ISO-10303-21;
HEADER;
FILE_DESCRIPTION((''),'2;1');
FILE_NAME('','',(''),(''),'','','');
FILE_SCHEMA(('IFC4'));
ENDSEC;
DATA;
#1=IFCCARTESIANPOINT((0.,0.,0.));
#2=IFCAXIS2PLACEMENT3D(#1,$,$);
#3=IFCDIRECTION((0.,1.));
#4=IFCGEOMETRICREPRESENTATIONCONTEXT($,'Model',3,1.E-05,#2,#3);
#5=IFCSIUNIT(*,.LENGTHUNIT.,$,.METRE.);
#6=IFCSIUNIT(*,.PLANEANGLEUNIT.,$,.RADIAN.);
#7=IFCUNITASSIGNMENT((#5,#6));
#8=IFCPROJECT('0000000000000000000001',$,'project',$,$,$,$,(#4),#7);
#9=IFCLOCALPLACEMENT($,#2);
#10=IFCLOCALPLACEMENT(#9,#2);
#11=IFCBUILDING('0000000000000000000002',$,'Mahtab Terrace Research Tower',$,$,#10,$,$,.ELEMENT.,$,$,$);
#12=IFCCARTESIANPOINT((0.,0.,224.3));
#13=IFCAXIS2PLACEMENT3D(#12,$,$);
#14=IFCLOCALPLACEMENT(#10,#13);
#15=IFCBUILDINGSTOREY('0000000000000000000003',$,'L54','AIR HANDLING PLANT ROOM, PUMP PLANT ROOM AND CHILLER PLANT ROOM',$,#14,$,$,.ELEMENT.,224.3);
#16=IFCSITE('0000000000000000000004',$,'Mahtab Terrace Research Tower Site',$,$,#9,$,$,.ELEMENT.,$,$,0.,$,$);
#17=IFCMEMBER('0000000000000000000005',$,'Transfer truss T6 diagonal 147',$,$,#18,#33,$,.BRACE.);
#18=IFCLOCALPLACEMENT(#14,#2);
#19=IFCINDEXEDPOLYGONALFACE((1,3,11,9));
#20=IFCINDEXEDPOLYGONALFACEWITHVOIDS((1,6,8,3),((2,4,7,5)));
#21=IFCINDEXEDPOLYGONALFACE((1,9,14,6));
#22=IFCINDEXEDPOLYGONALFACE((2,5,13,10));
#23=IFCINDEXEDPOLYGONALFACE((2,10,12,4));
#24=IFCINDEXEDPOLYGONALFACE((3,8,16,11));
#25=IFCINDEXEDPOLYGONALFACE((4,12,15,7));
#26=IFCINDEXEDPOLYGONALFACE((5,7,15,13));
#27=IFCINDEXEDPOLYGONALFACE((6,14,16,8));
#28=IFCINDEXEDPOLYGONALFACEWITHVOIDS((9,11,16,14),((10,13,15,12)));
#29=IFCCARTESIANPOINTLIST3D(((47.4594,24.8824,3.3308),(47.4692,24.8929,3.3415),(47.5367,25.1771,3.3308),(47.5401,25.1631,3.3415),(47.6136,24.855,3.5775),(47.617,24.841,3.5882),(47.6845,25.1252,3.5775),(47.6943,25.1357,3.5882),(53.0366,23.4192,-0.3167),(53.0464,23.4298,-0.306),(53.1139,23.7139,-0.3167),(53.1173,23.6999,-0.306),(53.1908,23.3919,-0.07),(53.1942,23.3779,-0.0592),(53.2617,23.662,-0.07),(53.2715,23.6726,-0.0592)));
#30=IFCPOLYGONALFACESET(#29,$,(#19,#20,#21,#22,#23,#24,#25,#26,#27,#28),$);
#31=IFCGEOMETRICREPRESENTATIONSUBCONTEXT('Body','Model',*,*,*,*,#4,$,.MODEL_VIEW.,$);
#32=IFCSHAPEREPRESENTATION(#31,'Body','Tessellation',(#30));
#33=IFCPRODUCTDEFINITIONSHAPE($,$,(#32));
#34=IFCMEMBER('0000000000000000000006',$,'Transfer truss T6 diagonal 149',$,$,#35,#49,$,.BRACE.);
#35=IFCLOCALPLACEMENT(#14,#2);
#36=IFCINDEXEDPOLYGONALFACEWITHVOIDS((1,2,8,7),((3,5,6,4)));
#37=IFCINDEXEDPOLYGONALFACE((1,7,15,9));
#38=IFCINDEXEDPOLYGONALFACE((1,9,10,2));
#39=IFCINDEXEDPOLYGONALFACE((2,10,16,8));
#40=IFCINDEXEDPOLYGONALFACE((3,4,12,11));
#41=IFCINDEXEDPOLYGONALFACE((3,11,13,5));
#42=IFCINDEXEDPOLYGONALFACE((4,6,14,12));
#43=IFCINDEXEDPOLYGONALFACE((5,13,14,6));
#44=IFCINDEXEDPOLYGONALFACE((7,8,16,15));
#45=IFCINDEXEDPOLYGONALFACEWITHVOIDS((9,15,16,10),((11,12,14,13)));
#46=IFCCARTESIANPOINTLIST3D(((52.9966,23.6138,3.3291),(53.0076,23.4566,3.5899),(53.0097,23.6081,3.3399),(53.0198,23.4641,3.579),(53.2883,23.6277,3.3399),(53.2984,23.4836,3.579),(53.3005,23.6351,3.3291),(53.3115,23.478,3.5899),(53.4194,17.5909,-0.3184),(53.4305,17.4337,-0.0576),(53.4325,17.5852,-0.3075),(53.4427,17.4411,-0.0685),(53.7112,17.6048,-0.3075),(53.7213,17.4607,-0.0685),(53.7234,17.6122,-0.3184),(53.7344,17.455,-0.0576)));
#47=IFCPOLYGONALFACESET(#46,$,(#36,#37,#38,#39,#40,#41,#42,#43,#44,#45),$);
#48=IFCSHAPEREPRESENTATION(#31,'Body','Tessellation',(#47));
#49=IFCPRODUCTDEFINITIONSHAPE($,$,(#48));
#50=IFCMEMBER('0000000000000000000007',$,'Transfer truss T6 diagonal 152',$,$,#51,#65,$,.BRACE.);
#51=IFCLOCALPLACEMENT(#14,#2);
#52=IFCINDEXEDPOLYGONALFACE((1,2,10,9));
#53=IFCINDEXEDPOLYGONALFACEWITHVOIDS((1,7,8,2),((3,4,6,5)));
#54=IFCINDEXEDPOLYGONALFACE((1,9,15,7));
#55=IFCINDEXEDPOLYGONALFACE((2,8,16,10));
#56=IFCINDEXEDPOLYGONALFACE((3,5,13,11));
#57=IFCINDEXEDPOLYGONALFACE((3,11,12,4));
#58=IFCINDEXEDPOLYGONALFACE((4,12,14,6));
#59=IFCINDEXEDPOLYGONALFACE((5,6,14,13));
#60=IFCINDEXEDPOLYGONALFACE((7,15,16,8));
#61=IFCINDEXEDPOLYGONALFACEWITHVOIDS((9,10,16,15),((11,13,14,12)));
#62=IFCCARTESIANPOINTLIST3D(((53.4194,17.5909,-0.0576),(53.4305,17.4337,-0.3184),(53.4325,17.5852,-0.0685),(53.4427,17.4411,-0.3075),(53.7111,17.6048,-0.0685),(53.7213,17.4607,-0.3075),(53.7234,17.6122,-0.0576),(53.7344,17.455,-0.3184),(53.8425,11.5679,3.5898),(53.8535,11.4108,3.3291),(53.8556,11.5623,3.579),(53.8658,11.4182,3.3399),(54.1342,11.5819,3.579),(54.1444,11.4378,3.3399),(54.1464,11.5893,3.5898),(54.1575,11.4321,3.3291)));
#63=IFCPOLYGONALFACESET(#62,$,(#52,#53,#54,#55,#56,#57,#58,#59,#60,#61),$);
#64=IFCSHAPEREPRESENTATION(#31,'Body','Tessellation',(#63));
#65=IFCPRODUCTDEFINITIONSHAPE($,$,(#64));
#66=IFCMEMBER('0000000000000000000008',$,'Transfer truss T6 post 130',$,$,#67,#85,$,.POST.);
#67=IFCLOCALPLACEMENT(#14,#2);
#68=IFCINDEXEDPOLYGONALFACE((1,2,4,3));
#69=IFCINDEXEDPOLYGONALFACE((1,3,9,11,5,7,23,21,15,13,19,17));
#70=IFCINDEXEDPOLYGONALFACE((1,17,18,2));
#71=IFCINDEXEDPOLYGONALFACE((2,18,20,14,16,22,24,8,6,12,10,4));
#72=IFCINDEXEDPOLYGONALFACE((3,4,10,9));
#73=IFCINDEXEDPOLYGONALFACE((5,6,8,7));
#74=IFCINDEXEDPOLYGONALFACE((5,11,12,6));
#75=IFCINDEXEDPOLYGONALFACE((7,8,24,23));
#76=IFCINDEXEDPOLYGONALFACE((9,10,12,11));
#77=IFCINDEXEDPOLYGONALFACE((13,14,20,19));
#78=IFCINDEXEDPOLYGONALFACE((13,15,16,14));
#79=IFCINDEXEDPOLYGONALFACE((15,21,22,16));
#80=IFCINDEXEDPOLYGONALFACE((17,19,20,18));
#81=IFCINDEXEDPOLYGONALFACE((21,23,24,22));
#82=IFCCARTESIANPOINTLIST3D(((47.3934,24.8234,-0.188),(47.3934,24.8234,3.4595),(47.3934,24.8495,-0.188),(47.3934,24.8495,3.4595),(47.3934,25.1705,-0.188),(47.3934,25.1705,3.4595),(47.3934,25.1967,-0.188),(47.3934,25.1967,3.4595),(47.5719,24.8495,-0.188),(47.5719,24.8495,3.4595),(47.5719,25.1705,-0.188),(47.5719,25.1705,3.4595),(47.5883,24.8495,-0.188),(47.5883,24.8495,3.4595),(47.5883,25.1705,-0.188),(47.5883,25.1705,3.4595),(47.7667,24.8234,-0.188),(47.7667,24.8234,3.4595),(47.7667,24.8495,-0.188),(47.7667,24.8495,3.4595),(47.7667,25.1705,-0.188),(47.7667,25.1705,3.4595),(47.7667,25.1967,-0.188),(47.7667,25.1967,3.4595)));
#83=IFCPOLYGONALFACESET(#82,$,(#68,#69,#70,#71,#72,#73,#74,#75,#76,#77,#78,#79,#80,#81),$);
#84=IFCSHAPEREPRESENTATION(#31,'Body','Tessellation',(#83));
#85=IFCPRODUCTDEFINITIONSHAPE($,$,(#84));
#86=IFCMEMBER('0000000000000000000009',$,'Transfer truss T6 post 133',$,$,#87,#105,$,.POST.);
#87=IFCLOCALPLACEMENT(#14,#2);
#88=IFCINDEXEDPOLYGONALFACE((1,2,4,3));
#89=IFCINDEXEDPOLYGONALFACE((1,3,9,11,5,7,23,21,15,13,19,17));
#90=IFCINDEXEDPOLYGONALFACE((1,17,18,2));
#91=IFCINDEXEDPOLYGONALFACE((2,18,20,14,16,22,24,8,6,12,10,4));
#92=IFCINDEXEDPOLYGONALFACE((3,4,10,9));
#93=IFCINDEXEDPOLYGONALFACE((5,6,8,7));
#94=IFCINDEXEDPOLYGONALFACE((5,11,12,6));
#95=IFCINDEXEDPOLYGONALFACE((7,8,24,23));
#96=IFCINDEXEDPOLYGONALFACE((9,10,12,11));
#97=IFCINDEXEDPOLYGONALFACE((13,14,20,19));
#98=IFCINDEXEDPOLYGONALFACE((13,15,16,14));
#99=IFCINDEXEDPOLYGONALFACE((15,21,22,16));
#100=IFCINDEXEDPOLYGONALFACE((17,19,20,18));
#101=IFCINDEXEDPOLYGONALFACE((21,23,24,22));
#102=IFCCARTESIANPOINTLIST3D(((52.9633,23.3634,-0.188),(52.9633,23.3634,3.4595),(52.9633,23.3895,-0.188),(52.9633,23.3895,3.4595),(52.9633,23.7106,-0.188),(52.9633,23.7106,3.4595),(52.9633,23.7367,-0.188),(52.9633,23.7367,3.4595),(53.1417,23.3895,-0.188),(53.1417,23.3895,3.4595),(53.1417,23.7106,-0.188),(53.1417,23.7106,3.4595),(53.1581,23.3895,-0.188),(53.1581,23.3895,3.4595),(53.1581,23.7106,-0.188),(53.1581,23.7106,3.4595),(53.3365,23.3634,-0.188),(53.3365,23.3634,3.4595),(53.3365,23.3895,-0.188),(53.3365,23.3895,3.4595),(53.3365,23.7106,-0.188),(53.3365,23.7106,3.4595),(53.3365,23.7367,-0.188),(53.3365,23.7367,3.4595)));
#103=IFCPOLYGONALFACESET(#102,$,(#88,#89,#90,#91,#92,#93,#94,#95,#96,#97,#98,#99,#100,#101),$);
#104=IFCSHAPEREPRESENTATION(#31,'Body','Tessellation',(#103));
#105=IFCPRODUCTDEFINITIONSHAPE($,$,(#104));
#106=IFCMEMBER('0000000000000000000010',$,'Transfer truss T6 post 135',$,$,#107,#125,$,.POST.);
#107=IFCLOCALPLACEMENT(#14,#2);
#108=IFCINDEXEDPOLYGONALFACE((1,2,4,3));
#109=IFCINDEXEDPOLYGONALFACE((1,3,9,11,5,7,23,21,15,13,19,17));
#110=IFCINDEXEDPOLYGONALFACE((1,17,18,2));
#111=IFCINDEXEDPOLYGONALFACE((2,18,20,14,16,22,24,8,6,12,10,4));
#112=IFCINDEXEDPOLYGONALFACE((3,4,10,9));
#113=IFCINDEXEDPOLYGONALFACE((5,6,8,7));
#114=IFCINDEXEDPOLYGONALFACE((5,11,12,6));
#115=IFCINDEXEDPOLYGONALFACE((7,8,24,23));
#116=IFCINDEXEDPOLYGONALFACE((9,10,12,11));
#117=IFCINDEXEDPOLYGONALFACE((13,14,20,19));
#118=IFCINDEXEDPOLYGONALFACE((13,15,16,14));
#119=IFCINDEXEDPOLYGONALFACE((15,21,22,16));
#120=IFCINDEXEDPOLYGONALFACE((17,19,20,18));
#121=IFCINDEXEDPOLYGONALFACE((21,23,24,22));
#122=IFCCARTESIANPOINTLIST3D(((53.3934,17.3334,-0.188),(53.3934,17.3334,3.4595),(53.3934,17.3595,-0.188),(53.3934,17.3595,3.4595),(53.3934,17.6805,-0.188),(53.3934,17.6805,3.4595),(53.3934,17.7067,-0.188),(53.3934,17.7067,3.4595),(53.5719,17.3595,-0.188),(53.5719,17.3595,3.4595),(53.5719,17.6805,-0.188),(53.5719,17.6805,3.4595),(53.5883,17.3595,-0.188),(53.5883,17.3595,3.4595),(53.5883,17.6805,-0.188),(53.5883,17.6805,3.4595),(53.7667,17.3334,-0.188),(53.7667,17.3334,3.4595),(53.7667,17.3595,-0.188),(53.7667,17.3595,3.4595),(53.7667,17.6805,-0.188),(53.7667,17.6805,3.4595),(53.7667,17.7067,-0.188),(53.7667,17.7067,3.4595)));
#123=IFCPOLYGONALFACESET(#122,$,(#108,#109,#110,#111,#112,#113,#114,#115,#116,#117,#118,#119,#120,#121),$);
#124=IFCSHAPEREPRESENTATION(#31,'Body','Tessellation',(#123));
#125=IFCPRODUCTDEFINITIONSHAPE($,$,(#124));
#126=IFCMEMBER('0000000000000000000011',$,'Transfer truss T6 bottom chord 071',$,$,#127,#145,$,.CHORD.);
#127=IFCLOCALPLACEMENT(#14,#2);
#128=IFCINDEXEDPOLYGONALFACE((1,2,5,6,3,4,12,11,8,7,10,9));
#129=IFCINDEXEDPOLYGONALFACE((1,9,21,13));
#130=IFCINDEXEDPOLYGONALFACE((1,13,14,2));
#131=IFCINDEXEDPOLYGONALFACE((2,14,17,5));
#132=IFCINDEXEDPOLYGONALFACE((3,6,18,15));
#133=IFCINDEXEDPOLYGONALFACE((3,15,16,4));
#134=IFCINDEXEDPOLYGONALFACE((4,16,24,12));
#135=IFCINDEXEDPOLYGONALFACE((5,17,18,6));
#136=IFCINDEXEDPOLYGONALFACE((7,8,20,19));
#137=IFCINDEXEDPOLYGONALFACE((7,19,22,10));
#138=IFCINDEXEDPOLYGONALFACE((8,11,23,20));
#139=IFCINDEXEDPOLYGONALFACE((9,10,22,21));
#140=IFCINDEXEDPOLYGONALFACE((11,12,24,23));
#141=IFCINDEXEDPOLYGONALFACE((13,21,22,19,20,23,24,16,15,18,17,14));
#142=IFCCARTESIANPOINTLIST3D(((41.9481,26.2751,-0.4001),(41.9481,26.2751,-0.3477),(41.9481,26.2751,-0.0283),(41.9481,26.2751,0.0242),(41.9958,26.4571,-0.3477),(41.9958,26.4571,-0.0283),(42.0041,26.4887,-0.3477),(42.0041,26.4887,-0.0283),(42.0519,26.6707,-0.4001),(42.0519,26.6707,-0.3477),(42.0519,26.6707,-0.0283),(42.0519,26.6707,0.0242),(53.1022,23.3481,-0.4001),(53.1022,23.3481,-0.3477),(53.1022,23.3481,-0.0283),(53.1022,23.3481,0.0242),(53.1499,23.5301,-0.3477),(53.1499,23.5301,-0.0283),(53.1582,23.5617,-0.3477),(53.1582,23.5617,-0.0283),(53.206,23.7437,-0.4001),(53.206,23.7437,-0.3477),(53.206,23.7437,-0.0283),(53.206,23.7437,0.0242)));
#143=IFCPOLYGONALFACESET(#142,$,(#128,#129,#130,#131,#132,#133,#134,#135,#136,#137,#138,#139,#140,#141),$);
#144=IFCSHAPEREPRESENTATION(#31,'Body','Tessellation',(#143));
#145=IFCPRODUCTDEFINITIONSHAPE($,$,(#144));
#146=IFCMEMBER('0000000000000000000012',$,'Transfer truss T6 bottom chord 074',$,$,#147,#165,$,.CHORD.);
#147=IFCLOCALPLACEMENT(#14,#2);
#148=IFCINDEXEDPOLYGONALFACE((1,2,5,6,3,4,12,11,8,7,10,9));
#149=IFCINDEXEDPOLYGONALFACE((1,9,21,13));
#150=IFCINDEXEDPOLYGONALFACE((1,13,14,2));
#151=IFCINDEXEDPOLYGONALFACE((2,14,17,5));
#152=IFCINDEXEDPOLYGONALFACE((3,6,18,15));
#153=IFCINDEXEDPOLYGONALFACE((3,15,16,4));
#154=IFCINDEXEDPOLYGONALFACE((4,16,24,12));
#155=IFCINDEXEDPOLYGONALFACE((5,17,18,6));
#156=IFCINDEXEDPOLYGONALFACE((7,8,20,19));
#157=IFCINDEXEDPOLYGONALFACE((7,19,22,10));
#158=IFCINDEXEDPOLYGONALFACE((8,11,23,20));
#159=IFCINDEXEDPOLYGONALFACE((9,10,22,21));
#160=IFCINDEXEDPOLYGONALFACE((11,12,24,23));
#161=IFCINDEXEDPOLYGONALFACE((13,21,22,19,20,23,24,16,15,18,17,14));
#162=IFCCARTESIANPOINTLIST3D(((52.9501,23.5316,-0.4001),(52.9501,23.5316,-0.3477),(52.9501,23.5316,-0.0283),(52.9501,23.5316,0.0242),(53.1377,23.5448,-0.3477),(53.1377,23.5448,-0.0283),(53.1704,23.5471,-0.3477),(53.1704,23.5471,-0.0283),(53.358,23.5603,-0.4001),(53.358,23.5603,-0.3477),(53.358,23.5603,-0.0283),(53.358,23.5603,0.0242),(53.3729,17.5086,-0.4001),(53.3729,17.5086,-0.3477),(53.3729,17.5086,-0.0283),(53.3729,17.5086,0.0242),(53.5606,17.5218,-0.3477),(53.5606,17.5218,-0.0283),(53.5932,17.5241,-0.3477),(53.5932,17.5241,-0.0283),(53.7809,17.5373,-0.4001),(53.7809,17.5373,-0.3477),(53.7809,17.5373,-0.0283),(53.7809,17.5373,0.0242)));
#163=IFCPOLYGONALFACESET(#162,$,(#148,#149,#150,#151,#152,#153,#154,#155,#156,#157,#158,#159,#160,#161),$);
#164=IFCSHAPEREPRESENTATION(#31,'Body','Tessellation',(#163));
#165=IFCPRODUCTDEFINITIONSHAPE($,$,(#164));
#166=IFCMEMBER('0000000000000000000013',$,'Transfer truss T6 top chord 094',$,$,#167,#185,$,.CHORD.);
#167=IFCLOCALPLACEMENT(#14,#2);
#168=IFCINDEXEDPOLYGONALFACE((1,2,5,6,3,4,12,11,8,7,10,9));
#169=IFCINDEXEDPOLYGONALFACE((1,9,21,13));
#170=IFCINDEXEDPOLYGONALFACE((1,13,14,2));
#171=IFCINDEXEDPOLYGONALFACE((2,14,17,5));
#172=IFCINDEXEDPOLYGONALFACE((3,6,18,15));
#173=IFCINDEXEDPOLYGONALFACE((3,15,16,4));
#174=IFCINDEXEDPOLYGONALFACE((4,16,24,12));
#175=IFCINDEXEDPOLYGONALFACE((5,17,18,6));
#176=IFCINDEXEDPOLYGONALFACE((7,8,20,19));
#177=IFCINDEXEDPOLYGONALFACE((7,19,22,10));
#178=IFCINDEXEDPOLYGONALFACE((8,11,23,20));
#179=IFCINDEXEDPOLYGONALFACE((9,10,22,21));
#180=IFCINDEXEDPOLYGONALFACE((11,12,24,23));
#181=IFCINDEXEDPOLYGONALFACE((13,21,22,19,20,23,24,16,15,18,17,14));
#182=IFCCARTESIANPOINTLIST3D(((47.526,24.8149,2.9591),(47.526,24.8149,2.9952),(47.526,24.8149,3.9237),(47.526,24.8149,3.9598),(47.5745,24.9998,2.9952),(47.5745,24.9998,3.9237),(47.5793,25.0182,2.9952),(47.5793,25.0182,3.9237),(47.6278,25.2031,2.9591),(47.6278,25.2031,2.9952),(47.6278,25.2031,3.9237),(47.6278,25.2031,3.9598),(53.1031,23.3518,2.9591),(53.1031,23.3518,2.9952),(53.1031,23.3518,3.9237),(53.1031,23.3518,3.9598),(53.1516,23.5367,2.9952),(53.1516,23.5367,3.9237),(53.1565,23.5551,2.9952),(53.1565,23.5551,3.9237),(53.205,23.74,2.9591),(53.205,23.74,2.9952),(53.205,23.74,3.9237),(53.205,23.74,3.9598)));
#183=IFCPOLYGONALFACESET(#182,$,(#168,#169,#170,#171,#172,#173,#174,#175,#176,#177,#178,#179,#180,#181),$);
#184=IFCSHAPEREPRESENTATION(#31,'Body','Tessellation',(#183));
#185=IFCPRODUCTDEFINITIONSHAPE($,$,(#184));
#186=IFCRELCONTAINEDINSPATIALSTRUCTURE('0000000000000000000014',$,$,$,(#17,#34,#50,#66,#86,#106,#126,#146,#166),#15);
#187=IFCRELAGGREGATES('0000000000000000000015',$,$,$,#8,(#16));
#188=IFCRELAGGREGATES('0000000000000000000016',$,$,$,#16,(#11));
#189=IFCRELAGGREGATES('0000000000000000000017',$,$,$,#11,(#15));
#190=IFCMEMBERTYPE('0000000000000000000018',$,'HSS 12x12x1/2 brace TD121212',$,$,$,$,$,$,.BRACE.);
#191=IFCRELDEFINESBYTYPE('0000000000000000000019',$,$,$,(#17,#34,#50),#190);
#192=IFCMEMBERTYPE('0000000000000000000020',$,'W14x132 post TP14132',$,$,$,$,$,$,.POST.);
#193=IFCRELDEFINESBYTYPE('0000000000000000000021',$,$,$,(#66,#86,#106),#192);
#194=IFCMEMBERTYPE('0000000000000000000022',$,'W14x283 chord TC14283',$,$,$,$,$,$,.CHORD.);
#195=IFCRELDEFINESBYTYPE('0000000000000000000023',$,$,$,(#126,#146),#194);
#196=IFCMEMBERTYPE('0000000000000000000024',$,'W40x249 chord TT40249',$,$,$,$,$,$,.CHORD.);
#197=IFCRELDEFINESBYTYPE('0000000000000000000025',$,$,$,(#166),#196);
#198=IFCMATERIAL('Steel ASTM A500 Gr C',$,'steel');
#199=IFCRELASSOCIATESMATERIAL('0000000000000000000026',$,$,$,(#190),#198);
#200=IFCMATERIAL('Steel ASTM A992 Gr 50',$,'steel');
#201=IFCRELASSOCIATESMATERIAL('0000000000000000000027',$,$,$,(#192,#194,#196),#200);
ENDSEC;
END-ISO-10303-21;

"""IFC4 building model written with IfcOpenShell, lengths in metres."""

from ifc_helpers import new_model, si_unit, direction, frame, origin, origin_2d, place, context, subcontext, project, spatial, hollow_rectangle, i_section, extrude, material, material_profile, profile_set, type_object, element, save


model = new_model("IFC4")

# Units and contexts
model_context = context("Model", 3, precision=1e-05, world=origin(), true_north=direction((0.0, 1.0)))
body_context = subcontext(model_context, "Body", "Model", "MODEL_VIEW")
ifc_project = project(units=[si_unit("LENGTHUNIT", "METRE"), si_unit("PLANEANGLEUNIT", "RADIAN")], contexts=[model_context])

# Site, building, storey
site_placement = place(None, origin())
site = spatial("IfcSite", under=ifc_project, at=site_placement, Name="Mahtab Terrace Research Tower Site", CompositionType="ELEMENT", RefElevation=0.0)
building_placement = place(site_placement, origin())
building = spatial("IfcBuilding", under=site, at=building_placement, Name="Mahtab Terrace Research Tower", CompositionType="ELEMENT")
storey_placement = place(building_placement, frame((0.0, 0.0, 224.3)))
storey = spatial("IfcBuildingStorey", under=building, at=storey_placement, Name="L54", Description="AIR HANDLING PLANT ROOM, PUMP PLANT ROOM AND CHILLER PLANT ROOM", CompositionType="ELEMENT", Elevation=224.3)

# Members
ifc_material_1 = material(Name="Steel ASTM A500 Gr C", Category="steel")
ifc_material_profile_1 = material_profile(ifc_material_1, hollow_rectangle(XDim=0.3047, YDim=0.3047, WallThickness=0.0127, at=origin_2d()), Name="HSS12X12X1/2")
ifc_profile_set_1 = profile_set([ifc_material_profile_1], Name="Steel ASTM A500 Gr C")
member_type_1 = type_object("IfcMemberType", Name="HSS 12x12x1/2 brace TD121212", PredefinedType="BRACE", material=ifc_profile_set_1)
member_1_placement = place(storey_placement, frame((53.1541, 23.5459, -0.188), z_axis=(-0.817439, 0.214451, 0.534606), x_axis=(-0.253758, -0.967268, 0.0)))
element("IfcMember", 1, at=member_1_placement, inside=storey, type_object=member_type_1, Name="Transfer truss T6 diagonal 147", PredefinedType="BRACE", context=body_context, shape_type="SweptSolid", body=[
    extrude(hollow_rectangle(XDim=0.3047, YDim=0.3047, WallThickness=0.0127, at=origin_2d()), origin(), (0.0, 0.0, 1.0), 6.8228),
])
for number, where, z_axis, x_axis, name in (
    (2, (53.5769, 17.5229, -0.188), (-0.059945, 0.853837, 0.517078), (-0.997545, -0.070034, 0.0), "Transfer truss T6 diagonal 149"),
    (3, (53.5769, 17.5229, -0.188), (0.05998, -0.853835, 0.517077), (0.997542, 0.070075, 0.0), "Transfer truss T6 diagonal 152"),
):
    element("IfcMember", number, at=place(storey_placement, frame(where, z_axis=z_axis, x_axis=x_axis)), inside=storey, type_object=member_type_1, Name=name, PredefinedType="BRACE", context=body_context, shape_type="SweptSolid", body=[
        extrude(hollow_rectangle(XDim=0.3047, YDim=0.3047, WallThickness=0.0127, at=origin_2d()), origin(), (0.0, 0.0, 1.0), 7.054),
    ])
ifc_material_2 = material(Name="Steel ASTM A992 Gr 50", Category="steel")
ifc_material_profile_2 = material_profile(ifc_material_2, i_section(OverallWidth=0.3733, OverallDepth=0.3733, WebThickness=0.0164, FlangeThickness=0.0261, at=origin_2d()), Name="W14X132")
ifc_profile_set_2 = profile_set([ifc_material_profile_2], Name="Steel ASTM A992 Gr 50")
member_type_2 = type_object("IfcMemberType", Name="W14x132 post TP14132", PredefinedType="POST", material=ifc_profile_set_2)
for number, where, z_axis, x_axis, name in (
    (4, (47.5801, 25.01, -0.188), (0.0, 0.0, 1.0), (1.0, 0.0, 0.0), "Transfer truss T6 post 130"),
    (5, (53.1499, 23.55, -0.188), (0.0, 0.0, 1.0), (1.0, 0.0, 0.0), "Transfer truss T6 post 133"),
    (6, (53.5801, 17.52, -0.188), (0.0, 0.0, 1.0), (1.0, 0.0, 0.0), "Transfer truss T6 post 135"),
):
    element("IfcMember", number, at=place(storey_placement, frame(where, z_axis=z_axis, x_axis=x_axis)), inside=storey, type_object=member_type_2, Name=name, PredefinedType="POST", context=body_context, shape_type="SweptSolid", body=[
        extrude(i_section(OverallWidth=0.3733, OverallDepth=0.3733, WebThickness=0.0164, FlangeThickness=0.0261, at=origin_2d()), origin(), (0.0, 0.0, 1.0), 3.6475),
    ])
ifc_material_profile_3 = material_profile(ifc_material_2, i_section(OverallWidth=0.4089, OverallDepth=0.4243, WebThickness=0.0327, FlangeThickness=0.0525, at=origin_2d()), Name="W14X283")
ifc_profile_set_3 = profile_set([ifc_material_profile_3], Name="Steel ASTM A992 Gr 50")
member_type_3 = type_object("IfcMemberType", Name="W14x283 chord TC14283", PredefinedType="CHORD", material=ifc_profile_set_3)
member_2_placement = place(storey_placement, frame((53.1541, 23.5459, -0.188), z_axis=(-0.967251, 0.253822, 0.0), x_axis=(-0.253822, -0.967251, 0.0)))
element("IfcMember", 7, at=member_2_placement, inside=storey, type_object=member_type_3, Name="Transfer truss T6 bottom chord 071", PredefinedType="CHORD", context=body_context, shape_type="SweptSolid", body=[
    extrude(i_section(OverallWidth=0.4089, OverallDepth=0.4243, WebThickness=0.0327, FlangeThickness=0.0525, at=origin_2d()), origin(), (0.0, 0.0, 1.0), 11.5317),
])
member_3_placement = place(storey_placement, frame((53.5769, 17.5229, -0.188), z_axis=(-0.070034, 0.997545, 0.0), x_axis=(-0.997545, -0.070034, 0.0)))
element("IfcMember", 8, at=member_3_placement, inside=storey, type_object=member_type_3, Name="Transfer truss T6 bottom chord 074", PredefinedType="CHORD", context=body_context, shape_type="SweptSolid", body=[
    extrude(i_section(OverallWidth=0.4089, OverallDepth=0.4243, WebThickness=0.0327, FlangeThickness=0.0525, at=origin_2d()), origin(), (0.0, 0.0, 1.0), 6.0378),
])
ifc_material_profile_4 = material_profile(ifc_material_2, i_section(OverallWidth=0.4014, OverallDepth=1.0007, WebThickness=0.019, FlangeThickness=0.0361, at=origin_2d()), Name="W40X249")
ifc_profile_set_4 = profile_set([ifc_material_profile_4], Name="Steel ASTM A992 Gr 50")
member_type_4 = type_object("IfcMemberType", Name="W40x249 chord TT40249", PredefinedType="CHORD", material=ifc_profile_set_4)
for number, where, z_axis, x_axis, name in (
    (9, (53.1541, 23.5459, 3.4595), (-0.967268, 0.253758, 0.0), (-0.253758, -0.967268, 0.0), "Transfer truss T6 top chord 094"),
):
    element("IfcMember", number, at=place(storey_placement, frame(where, z_axis=z_axis, x_axis=x_axis)), inside=storey, type_object=member_type_4, Name=name, PredefinedType="CHORD", context=body_context, shape_type="SweptSolid", body=[
        extrude(i_section(OverallWidth=0.4014, OverallDepth=1.0007, WebThickness=0.019, FlangeThickness=0.0361, at=origin_2d()), origin(), (0.0, 0.0, 1.0), 5.7659),
    ])

save(model, "model.ifc")
